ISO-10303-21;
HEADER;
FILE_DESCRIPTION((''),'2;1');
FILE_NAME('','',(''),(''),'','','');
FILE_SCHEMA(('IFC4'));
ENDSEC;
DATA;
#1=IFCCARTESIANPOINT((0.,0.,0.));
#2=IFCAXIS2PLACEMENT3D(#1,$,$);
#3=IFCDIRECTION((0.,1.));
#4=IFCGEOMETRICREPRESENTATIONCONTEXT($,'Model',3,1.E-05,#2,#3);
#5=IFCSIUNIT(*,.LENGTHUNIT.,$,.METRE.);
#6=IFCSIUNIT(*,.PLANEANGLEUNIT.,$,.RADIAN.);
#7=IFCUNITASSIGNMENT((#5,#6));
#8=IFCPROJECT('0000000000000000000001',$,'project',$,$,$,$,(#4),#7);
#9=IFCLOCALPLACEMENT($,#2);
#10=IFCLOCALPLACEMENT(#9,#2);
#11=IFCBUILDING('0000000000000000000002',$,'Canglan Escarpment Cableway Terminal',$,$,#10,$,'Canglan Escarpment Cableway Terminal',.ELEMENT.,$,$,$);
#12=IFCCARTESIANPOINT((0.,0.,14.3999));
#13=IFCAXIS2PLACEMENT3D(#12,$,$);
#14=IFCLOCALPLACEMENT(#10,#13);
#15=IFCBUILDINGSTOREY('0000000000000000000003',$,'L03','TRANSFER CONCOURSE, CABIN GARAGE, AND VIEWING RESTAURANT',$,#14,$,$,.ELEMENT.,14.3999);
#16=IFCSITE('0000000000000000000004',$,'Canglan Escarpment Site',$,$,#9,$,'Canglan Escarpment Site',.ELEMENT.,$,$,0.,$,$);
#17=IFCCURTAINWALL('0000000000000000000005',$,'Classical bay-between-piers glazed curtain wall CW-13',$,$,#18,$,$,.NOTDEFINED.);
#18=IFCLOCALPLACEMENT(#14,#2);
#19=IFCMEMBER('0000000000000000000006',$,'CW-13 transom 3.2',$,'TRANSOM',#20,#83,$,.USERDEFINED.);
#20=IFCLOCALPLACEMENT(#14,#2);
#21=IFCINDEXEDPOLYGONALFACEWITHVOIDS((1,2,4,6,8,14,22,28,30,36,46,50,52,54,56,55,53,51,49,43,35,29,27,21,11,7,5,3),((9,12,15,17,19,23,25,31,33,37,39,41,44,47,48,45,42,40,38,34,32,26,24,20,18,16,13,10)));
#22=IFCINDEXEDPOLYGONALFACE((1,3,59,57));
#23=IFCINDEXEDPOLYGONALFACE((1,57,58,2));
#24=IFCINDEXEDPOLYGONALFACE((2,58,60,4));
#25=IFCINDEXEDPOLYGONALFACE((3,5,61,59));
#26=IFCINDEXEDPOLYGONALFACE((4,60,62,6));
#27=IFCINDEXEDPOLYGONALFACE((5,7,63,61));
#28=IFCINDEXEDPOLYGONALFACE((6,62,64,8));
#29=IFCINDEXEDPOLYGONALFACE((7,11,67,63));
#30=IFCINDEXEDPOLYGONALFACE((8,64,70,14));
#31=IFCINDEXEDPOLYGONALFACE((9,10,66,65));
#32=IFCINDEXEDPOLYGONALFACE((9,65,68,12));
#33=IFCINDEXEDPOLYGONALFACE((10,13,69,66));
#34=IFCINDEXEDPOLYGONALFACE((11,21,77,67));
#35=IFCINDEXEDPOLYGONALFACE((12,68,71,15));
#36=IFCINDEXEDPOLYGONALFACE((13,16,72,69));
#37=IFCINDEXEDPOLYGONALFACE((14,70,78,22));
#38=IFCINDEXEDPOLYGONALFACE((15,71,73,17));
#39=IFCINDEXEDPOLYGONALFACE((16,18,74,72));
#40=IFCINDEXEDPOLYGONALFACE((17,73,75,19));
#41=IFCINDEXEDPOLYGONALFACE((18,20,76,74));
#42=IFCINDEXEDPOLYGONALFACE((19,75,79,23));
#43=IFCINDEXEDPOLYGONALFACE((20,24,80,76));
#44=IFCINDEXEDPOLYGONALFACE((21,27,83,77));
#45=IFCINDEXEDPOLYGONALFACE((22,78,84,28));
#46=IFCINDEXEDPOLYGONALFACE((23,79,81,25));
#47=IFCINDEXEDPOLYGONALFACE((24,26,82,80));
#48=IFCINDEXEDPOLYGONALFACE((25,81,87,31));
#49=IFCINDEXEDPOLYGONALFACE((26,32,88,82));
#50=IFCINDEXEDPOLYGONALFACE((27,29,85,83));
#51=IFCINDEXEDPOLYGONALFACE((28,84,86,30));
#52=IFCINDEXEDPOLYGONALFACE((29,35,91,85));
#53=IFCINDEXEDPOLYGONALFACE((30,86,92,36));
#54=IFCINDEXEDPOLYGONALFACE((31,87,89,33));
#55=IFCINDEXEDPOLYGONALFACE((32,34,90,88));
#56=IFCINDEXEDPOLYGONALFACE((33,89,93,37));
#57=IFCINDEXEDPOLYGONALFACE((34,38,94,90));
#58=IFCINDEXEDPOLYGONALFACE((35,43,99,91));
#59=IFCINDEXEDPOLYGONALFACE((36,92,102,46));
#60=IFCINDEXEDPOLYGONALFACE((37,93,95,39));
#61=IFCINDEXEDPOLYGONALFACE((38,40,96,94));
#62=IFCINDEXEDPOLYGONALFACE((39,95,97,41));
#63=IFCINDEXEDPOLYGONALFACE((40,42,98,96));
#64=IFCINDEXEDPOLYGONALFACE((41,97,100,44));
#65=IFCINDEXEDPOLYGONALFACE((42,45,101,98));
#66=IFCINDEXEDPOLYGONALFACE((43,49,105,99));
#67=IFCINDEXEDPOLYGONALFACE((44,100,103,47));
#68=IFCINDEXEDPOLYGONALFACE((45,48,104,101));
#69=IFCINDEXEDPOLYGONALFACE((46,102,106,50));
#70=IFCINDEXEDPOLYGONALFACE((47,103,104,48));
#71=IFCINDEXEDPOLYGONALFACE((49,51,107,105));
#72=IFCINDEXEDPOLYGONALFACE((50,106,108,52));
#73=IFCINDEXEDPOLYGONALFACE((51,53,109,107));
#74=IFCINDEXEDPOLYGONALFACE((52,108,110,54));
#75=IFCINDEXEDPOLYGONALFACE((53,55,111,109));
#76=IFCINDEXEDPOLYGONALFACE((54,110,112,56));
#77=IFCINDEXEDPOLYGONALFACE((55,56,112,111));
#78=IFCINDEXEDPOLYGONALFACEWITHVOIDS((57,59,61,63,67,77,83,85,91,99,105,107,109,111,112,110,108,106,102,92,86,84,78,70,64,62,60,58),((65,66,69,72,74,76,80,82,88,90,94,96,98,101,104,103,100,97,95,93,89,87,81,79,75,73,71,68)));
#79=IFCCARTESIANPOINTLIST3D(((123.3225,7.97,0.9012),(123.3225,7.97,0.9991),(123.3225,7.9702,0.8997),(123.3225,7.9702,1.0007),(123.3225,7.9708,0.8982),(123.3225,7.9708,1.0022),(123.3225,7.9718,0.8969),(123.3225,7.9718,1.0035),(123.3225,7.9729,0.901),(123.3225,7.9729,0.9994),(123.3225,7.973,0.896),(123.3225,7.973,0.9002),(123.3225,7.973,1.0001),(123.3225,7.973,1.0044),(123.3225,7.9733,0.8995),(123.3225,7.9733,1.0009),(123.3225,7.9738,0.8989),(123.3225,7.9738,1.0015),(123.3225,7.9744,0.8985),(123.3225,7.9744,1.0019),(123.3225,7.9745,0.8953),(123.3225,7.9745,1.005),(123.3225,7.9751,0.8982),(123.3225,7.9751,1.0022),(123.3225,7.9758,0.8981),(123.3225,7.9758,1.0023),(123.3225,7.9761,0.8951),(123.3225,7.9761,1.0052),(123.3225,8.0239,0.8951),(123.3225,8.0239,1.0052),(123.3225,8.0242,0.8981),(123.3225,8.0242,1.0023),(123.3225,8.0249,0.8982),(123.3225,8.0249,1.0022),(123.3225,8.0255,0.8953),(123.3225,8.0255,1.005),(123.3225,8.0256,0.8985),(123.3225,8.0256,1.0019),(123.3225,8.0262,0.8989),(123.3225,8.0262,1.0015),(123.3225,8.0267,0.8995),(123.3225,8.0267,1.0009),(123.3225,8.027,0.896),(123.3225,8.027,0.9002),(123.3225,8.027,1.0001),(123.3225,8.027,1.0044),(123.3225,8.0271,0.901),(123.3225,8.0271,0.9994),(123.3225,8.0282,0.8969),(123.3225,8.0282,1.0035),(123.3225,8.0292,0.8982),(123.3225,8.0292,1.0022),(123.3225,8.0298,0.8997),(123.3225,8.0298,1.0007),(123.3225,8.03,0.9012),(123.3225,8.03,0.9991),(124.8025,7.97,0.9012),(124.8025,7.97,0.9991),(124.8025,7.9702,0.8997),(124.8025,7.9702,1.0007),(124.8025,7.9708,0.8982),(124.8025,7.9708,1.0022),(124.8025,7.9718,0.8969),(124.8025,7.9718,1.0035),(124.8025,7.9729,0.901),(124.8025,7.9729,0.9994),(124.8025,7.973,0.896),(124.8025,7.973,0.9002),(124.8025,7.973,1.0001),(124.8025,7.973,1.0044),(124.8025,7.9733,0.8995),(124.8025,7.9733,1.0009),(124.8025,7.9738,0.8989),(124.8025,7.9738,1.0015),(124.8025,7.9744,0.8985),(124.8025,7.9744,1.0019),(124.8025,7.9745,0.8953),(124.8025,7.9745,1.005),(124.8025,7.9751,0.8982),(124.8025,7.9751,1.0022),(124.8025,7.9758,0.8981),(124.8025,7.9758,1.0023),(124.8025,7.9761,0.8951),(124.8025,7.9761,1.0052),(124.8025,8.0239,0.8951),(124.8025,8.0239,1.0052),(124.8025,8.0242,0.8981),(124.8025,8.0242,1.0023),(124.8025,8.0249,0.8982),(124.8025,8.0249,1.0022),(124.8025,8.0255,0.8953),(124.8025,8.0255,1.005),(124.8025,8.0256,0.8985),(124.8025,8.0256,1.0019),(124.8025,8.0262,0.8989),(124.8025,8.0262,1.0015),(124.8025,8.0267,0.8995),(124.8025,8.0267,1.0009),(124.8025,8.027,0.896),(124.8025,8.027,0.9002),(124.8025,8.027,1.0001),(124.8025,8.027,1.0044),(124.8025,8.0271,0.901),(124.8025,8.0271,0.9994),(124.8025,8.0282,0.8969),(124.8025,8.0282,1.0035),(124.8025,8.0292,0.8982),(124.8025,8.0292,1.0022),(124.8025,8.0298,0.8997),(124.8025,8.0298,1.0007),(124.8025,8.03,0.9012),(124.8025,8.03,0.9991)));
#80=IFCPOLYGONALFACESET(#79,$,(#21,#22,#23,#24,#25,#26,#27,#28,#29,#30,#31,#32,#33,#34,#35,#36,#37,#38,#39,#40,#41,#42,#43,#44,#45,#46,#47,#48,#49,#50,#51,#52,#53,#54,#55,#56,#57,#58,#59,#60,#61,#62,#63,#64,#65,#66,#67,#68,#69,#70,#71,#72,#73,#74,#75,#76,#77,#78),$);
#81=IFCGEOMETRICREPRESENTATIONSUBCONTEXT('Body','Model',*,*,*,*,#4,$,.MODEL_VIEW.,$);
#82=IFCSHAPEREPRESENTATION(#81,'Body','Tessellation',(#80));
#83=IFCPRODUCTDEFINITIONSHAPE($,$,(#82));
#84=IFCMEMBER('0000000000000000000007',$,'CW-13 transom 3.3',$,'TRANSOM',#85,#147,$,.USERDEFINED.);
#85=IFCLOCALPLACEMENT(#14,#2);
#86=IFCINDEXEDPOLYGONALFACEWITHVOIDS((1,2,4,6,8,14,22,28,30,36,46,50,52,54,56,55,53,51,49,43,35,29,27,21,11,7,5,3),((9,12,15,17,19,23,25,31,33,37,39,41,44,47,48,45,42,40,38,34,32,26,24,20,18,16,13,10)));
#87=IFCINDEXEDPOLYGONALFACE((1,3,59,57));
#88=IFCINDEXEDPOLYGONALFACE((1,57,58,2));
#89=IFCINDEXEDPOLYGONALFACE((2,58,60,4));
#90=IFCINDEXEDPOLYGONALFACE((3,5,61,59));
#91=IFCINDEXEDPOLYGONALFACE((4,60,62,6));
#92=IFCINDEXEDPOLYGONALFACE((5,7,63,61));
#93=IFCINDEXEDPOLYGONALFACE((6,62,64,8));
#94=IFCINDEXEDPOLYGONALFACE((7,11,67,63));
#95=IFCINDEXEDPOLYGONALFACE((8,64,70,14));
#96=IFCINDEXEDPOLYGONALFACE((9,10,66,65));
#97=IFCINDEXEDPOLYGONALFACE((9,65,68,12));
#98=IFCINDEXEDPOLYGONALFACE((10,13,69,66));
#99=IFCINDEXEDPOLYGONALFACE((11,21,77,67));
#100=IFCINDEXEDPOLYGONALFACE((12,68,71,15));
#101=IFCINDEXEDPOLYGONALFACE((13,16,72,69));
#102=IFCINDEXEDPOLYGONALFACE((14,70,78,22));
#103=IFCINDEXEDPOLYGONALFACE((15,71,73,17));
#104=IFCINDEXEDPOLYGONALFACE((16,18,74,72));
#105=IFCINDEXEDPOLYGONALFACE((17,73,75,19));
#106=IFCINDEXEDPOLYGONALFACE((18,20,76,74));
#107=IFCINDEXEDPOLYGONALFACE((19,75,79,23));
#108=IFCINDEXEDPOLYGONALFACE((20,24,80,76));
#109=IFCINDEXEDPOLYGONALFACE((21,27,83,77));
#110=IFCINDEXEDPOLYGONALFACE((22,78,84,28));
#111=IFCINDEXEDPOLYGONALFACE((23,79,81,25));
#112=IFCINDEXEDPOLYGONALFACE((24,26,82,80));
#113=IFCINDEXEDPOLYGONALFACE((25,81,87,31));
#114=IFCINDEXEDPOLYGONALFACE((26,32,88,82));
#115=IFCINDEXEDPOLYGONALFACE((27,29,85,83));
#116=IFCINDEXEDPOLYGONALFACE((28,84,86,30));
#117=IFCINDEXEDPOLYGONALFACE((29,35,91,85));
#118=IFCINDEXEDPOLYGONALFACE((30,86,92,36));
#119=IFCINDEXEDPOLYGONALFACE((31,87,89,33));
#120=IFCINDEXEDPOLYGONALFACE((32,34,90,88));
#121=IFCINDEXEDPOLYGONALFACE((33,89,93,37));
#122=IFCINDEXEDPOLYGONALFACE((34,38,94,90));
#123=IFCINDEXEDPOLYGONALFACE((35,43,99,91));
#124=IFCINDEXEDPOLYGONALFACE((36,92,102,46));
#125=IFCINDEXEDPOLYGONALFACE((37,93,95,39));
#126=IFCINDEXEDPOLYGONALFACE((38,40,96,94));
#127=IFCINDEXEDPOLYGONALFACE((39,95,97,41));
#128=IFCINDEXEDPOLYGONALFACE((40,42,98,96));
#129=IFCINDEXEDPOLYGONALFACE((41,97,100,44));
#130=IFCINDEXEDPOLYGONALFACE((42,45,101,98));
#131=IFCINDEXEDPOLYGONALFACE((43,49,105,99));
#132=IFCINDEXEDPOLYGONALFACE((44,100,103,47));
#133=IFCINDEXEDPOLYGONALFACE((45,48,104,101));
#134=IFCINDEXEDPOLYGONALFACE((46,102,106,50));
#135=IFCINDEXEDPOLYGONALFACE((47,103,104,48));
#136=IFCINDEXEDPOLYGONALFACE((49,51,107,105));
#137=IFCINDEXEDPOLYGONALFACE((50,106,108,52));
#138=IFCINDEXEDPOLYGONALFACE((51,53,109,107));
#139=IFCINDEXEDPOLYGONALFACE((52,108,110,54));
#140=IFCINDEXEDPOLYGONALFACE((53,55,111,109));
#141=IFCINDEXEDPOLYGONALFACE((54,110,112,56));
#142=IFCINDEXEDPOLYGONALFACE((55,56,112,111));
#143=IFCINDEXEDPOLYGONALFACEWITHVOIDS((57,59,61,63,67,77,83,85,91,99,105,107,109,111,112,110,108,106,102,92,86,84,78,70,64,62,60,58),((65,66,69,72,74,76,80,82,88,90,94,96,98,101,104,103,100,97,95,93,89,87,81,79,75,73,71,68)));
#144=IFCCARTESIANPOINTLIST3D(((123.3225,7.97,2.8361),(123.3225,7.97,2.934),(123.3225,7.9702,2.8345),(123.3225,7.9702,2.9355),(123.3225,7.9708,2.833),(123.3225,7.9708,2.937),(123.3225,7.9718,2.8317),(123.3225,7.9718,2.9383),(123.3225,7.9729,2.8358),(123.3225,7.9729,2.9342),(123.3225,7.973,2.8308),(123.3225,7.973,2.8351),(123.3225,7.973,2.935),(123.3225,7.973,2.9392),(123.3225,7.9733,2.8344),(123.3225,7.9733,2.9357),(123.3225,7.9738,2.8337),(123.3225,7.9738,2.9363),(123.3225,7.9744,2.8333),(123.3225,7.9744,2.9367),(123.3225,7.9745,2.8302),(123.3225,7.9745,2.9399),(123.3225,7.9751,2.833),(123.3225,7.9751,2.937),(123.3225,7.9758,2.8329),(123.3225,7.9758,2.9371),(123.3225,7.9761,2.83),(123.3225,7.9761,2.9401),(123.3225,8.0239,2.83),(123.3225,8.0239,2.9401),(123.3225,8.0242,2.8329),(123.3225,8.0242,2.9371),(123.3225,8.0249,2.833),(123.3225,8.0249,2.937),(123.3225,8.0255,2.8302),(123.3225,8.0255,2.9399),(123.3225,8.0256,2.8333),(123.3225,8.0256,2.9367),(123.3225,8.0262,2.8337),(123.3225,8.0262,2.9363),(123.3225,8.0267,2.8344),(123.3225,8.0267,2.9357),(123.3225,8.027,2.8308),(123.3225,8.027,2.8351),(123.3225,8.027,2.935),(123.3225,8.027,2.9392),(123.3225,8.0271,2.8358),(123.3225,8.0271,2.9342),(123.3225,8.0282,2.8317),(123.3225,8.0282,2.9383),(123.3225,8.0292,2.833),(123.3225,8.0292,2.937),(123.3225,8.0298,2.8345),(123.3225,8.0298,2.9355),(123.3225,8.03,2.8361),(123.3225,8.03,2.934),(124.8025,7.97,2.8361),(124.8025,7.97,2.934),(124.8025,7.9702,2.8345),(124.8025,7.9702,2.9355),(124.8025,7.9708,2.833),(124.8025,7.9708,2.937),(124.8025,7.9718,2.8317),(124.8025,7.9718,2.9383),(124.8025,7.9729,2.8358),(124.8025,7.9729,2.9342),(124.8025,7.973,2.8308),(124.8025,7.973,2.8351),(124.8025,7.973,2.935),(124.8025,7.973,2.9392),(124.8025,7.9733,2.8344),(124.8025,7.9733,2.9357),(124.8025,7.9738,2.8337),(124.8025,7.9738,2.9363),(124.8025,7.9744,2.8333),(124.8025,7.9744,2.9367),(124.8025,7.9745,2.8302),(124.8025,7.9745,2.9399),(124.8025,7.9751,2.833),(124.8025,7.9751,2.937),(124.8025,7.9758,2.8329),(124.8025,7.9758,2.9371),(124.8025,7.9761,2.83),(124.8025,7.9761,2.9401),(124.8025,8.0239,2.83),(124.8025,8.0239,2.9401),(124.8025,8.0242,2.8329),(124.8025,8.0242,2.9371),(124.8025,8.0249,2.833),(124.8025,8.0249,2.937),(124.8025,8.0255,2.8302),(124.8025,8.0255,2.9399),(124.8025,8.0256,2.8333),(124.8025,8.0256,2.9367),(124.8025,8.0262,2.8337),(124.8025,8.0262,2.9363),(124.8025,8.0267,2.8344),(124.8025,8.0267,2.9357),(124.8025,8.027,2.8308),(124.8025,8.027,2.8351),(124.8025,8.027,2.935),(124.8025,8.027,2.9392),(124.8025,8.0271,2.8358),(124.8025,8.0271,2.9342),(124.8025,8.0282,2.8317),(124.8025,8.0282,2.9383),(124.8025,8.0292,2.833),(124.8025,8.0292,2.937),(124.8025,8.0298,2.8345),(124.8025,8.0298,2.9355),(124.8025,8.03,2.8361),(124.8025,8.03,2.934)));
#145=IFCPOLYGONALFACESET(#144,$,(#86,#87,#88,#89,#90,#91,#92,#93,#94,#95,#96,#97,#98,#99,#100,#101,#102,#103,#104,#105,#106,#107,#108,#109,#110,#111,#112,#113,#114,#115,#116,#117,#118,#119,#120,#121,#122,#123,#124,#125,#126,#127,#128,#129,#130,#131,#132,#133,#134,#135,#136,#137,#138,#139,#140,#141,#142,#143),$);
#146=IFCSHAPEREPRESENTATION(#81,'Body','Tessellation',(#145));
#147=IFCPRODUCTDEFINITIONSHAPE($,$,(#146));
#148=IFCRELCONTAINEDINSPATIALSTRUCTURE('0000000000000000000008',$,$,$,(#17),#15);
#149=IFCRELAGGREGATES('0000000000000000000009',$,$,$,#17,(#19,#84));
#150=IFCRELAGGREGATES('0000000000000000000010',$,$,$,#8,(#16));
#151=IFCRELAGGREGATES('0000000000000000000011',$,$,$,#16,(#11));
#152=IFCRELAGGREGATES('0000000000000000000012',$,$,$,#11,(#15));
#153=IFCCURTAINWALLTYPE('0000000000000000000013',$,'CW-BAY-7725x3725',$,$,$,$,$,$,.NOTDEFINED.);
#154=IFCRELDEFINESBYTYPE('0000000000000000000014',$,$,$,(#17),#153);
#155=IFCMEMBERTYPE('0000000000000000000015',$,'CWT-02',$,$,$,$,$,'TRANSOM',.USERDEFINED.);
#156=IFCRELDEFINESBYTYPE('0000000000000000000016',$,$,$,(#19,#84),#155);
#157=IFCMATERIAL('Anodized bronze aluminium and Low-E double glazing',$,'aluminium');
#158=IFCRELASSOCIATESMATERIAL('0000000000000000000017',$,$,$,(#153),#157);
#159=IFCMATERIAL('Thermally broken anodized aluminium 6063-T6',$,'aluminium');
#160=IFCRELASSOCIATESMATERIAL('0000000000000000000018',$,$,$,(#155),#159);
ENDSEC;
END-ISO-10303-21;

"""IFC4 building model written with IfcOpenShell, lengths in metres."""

from ifc_helpers import new_model, si_unit, direction, frame, origin, origin_2d, place, context, subcontext, project, spatial, hollow_rectangle, extrude, material, material_profile, profile_set, type_object, element, aggregate, save


model = new_model("IFC4")

# Units and contexts
model_context = context("Model", 3, precision=1e-05, world=origin(), true_north=direction((0.0, 1.0)))
body_context = subcontext(model_context, "Body", "Model", "MODEL_VIEW")
ifc_project = project(units=[si_unit("LENGTHUNIT", "METRE"), si_unit("PLANEANGLEUNIT", "RADIAN")], contexts=[model_context])

# Site, building, storey
site_placement = place(None, origin())
site = spatial("IfcSite", under=ifc_project, at=site_placement, Name="Canglan Escarpment Site", LongName="Canglan Escarpment Site", CompositionType="ELEMENT", RefElevation=0.0)
building_placement = place(site_placement, origin())
building = spatial("IfcBuilding", under=site, at=building_placement, Name="Canglan Escarpment Cableway Terminal", LongName="Canglan Escarpment Cableway Terminal", CompositionType="ELEMENT")
storey_placement = place(building_placement, frame((0.0, 0.0, 14.3999)))
storey = spatial("IfcBuildingStorey", under=building, at=storey_placement, Name="L03", Description="TRANSFER CONCOURSE, CABIN GARAGE, AND VIEWING RESTAURANT", CompositionType="ELEMENT", Elevation=14.3999)

# Curtain wall, members
ifc_material_1 = material(Name="Anodized bronze aluminium and Low-E double glazing", Category="aluminium")
curtain_wall_type = type_object("IfcCurtainWallType", Name="CW-BAY-7725x3725", PredefinedType="NOTDEFINED", material=ifc_material_1)
curtain_wall_placement = place(storey_placement, origin())
curtain_wall = element("IfcCurtainWall", 1, at=curtain_wall_placement, inside=storey, type_object=curtain_wall_type, Name="Classical bay-between-piers glazed curtain wall CW-13", PredefinedType="NOTDEFINED")
ifc_material_2 = material(Name="Thermally broken anodized aluminium 6063-T6", Category="aluminium")
ifc_material_profile_1 = material_profile(ifc_material_2, hollow_rectangle(XDim=0.0601, YDim=0.1101, WallThickness=0.0029, InnerFilletRadius=0.0029, OuterFilletRadius=0.0061, at=origin_2d()), Name="ALU-TRAN 60x110x3")
ifc_profile_set_1 = profile_set([ifc_material_profile_1], Name="Thermally broken anodized aluminium 6063-T6")
member_type_1 = type_object("IfcMemberType", Name="CWT-02", ElementType="TRANSOM", PredefinedType="USERDEFINED", material=ifc_profile_set_1)
member_1_placement = place(storey_placement, frame((123.3225, 8.0, 0.9502), z_axis=(1.0, 0.0, 0.0), x_axis=(0.0, 1.0, 0.0)))
member_1 = element("IfcMember", 2, at=member_1_placement, type_object=member_type_1, Name="CW-13 transom 3.2", ObjectType="TRANSOM", PredefinedType="USERDEFINED", context=body_context, shape_type="SweptSolid", body=[
    extrude(hollow_rectangle(XDim=0.0601, YDim=0.1101, WallThickness=0.0029, InnerFilletRadius=0.0029, OuterFilletRadius=0.0061, at=origin_2d()), origin(), (0.0, 0.0, 1.0), 1.48),
])
member_2_placement = place(storey_placement, frame((123.3225, 8.0, 2.885), z_axis=(1.0, 0.0, 0.0), x_axis=(0.0, 1.0, 0.0)))
member_2 = element("IfcMember", 3, at=member_2_placement, type_object=member_type_1, Name="CW-13 transom 3.3", ObjectType="TRANSOM", PredefinedType="USERDEFINED", context=body_context, shape_type="SweptSolid", body=[
    extrude(hollow_rectangle(XDim=0.0601, YDim=0.1101, WallThickness=0.0029, InnerFilletRadius=0.0029, OuterFilletRadius=0.0061, at=origin_2d()), origin(), (0.0, 0.0, 1.0), 1.48),
])

aggregate(curtain_wall, [member_1, member_2])

save(model, "model.ifc")
